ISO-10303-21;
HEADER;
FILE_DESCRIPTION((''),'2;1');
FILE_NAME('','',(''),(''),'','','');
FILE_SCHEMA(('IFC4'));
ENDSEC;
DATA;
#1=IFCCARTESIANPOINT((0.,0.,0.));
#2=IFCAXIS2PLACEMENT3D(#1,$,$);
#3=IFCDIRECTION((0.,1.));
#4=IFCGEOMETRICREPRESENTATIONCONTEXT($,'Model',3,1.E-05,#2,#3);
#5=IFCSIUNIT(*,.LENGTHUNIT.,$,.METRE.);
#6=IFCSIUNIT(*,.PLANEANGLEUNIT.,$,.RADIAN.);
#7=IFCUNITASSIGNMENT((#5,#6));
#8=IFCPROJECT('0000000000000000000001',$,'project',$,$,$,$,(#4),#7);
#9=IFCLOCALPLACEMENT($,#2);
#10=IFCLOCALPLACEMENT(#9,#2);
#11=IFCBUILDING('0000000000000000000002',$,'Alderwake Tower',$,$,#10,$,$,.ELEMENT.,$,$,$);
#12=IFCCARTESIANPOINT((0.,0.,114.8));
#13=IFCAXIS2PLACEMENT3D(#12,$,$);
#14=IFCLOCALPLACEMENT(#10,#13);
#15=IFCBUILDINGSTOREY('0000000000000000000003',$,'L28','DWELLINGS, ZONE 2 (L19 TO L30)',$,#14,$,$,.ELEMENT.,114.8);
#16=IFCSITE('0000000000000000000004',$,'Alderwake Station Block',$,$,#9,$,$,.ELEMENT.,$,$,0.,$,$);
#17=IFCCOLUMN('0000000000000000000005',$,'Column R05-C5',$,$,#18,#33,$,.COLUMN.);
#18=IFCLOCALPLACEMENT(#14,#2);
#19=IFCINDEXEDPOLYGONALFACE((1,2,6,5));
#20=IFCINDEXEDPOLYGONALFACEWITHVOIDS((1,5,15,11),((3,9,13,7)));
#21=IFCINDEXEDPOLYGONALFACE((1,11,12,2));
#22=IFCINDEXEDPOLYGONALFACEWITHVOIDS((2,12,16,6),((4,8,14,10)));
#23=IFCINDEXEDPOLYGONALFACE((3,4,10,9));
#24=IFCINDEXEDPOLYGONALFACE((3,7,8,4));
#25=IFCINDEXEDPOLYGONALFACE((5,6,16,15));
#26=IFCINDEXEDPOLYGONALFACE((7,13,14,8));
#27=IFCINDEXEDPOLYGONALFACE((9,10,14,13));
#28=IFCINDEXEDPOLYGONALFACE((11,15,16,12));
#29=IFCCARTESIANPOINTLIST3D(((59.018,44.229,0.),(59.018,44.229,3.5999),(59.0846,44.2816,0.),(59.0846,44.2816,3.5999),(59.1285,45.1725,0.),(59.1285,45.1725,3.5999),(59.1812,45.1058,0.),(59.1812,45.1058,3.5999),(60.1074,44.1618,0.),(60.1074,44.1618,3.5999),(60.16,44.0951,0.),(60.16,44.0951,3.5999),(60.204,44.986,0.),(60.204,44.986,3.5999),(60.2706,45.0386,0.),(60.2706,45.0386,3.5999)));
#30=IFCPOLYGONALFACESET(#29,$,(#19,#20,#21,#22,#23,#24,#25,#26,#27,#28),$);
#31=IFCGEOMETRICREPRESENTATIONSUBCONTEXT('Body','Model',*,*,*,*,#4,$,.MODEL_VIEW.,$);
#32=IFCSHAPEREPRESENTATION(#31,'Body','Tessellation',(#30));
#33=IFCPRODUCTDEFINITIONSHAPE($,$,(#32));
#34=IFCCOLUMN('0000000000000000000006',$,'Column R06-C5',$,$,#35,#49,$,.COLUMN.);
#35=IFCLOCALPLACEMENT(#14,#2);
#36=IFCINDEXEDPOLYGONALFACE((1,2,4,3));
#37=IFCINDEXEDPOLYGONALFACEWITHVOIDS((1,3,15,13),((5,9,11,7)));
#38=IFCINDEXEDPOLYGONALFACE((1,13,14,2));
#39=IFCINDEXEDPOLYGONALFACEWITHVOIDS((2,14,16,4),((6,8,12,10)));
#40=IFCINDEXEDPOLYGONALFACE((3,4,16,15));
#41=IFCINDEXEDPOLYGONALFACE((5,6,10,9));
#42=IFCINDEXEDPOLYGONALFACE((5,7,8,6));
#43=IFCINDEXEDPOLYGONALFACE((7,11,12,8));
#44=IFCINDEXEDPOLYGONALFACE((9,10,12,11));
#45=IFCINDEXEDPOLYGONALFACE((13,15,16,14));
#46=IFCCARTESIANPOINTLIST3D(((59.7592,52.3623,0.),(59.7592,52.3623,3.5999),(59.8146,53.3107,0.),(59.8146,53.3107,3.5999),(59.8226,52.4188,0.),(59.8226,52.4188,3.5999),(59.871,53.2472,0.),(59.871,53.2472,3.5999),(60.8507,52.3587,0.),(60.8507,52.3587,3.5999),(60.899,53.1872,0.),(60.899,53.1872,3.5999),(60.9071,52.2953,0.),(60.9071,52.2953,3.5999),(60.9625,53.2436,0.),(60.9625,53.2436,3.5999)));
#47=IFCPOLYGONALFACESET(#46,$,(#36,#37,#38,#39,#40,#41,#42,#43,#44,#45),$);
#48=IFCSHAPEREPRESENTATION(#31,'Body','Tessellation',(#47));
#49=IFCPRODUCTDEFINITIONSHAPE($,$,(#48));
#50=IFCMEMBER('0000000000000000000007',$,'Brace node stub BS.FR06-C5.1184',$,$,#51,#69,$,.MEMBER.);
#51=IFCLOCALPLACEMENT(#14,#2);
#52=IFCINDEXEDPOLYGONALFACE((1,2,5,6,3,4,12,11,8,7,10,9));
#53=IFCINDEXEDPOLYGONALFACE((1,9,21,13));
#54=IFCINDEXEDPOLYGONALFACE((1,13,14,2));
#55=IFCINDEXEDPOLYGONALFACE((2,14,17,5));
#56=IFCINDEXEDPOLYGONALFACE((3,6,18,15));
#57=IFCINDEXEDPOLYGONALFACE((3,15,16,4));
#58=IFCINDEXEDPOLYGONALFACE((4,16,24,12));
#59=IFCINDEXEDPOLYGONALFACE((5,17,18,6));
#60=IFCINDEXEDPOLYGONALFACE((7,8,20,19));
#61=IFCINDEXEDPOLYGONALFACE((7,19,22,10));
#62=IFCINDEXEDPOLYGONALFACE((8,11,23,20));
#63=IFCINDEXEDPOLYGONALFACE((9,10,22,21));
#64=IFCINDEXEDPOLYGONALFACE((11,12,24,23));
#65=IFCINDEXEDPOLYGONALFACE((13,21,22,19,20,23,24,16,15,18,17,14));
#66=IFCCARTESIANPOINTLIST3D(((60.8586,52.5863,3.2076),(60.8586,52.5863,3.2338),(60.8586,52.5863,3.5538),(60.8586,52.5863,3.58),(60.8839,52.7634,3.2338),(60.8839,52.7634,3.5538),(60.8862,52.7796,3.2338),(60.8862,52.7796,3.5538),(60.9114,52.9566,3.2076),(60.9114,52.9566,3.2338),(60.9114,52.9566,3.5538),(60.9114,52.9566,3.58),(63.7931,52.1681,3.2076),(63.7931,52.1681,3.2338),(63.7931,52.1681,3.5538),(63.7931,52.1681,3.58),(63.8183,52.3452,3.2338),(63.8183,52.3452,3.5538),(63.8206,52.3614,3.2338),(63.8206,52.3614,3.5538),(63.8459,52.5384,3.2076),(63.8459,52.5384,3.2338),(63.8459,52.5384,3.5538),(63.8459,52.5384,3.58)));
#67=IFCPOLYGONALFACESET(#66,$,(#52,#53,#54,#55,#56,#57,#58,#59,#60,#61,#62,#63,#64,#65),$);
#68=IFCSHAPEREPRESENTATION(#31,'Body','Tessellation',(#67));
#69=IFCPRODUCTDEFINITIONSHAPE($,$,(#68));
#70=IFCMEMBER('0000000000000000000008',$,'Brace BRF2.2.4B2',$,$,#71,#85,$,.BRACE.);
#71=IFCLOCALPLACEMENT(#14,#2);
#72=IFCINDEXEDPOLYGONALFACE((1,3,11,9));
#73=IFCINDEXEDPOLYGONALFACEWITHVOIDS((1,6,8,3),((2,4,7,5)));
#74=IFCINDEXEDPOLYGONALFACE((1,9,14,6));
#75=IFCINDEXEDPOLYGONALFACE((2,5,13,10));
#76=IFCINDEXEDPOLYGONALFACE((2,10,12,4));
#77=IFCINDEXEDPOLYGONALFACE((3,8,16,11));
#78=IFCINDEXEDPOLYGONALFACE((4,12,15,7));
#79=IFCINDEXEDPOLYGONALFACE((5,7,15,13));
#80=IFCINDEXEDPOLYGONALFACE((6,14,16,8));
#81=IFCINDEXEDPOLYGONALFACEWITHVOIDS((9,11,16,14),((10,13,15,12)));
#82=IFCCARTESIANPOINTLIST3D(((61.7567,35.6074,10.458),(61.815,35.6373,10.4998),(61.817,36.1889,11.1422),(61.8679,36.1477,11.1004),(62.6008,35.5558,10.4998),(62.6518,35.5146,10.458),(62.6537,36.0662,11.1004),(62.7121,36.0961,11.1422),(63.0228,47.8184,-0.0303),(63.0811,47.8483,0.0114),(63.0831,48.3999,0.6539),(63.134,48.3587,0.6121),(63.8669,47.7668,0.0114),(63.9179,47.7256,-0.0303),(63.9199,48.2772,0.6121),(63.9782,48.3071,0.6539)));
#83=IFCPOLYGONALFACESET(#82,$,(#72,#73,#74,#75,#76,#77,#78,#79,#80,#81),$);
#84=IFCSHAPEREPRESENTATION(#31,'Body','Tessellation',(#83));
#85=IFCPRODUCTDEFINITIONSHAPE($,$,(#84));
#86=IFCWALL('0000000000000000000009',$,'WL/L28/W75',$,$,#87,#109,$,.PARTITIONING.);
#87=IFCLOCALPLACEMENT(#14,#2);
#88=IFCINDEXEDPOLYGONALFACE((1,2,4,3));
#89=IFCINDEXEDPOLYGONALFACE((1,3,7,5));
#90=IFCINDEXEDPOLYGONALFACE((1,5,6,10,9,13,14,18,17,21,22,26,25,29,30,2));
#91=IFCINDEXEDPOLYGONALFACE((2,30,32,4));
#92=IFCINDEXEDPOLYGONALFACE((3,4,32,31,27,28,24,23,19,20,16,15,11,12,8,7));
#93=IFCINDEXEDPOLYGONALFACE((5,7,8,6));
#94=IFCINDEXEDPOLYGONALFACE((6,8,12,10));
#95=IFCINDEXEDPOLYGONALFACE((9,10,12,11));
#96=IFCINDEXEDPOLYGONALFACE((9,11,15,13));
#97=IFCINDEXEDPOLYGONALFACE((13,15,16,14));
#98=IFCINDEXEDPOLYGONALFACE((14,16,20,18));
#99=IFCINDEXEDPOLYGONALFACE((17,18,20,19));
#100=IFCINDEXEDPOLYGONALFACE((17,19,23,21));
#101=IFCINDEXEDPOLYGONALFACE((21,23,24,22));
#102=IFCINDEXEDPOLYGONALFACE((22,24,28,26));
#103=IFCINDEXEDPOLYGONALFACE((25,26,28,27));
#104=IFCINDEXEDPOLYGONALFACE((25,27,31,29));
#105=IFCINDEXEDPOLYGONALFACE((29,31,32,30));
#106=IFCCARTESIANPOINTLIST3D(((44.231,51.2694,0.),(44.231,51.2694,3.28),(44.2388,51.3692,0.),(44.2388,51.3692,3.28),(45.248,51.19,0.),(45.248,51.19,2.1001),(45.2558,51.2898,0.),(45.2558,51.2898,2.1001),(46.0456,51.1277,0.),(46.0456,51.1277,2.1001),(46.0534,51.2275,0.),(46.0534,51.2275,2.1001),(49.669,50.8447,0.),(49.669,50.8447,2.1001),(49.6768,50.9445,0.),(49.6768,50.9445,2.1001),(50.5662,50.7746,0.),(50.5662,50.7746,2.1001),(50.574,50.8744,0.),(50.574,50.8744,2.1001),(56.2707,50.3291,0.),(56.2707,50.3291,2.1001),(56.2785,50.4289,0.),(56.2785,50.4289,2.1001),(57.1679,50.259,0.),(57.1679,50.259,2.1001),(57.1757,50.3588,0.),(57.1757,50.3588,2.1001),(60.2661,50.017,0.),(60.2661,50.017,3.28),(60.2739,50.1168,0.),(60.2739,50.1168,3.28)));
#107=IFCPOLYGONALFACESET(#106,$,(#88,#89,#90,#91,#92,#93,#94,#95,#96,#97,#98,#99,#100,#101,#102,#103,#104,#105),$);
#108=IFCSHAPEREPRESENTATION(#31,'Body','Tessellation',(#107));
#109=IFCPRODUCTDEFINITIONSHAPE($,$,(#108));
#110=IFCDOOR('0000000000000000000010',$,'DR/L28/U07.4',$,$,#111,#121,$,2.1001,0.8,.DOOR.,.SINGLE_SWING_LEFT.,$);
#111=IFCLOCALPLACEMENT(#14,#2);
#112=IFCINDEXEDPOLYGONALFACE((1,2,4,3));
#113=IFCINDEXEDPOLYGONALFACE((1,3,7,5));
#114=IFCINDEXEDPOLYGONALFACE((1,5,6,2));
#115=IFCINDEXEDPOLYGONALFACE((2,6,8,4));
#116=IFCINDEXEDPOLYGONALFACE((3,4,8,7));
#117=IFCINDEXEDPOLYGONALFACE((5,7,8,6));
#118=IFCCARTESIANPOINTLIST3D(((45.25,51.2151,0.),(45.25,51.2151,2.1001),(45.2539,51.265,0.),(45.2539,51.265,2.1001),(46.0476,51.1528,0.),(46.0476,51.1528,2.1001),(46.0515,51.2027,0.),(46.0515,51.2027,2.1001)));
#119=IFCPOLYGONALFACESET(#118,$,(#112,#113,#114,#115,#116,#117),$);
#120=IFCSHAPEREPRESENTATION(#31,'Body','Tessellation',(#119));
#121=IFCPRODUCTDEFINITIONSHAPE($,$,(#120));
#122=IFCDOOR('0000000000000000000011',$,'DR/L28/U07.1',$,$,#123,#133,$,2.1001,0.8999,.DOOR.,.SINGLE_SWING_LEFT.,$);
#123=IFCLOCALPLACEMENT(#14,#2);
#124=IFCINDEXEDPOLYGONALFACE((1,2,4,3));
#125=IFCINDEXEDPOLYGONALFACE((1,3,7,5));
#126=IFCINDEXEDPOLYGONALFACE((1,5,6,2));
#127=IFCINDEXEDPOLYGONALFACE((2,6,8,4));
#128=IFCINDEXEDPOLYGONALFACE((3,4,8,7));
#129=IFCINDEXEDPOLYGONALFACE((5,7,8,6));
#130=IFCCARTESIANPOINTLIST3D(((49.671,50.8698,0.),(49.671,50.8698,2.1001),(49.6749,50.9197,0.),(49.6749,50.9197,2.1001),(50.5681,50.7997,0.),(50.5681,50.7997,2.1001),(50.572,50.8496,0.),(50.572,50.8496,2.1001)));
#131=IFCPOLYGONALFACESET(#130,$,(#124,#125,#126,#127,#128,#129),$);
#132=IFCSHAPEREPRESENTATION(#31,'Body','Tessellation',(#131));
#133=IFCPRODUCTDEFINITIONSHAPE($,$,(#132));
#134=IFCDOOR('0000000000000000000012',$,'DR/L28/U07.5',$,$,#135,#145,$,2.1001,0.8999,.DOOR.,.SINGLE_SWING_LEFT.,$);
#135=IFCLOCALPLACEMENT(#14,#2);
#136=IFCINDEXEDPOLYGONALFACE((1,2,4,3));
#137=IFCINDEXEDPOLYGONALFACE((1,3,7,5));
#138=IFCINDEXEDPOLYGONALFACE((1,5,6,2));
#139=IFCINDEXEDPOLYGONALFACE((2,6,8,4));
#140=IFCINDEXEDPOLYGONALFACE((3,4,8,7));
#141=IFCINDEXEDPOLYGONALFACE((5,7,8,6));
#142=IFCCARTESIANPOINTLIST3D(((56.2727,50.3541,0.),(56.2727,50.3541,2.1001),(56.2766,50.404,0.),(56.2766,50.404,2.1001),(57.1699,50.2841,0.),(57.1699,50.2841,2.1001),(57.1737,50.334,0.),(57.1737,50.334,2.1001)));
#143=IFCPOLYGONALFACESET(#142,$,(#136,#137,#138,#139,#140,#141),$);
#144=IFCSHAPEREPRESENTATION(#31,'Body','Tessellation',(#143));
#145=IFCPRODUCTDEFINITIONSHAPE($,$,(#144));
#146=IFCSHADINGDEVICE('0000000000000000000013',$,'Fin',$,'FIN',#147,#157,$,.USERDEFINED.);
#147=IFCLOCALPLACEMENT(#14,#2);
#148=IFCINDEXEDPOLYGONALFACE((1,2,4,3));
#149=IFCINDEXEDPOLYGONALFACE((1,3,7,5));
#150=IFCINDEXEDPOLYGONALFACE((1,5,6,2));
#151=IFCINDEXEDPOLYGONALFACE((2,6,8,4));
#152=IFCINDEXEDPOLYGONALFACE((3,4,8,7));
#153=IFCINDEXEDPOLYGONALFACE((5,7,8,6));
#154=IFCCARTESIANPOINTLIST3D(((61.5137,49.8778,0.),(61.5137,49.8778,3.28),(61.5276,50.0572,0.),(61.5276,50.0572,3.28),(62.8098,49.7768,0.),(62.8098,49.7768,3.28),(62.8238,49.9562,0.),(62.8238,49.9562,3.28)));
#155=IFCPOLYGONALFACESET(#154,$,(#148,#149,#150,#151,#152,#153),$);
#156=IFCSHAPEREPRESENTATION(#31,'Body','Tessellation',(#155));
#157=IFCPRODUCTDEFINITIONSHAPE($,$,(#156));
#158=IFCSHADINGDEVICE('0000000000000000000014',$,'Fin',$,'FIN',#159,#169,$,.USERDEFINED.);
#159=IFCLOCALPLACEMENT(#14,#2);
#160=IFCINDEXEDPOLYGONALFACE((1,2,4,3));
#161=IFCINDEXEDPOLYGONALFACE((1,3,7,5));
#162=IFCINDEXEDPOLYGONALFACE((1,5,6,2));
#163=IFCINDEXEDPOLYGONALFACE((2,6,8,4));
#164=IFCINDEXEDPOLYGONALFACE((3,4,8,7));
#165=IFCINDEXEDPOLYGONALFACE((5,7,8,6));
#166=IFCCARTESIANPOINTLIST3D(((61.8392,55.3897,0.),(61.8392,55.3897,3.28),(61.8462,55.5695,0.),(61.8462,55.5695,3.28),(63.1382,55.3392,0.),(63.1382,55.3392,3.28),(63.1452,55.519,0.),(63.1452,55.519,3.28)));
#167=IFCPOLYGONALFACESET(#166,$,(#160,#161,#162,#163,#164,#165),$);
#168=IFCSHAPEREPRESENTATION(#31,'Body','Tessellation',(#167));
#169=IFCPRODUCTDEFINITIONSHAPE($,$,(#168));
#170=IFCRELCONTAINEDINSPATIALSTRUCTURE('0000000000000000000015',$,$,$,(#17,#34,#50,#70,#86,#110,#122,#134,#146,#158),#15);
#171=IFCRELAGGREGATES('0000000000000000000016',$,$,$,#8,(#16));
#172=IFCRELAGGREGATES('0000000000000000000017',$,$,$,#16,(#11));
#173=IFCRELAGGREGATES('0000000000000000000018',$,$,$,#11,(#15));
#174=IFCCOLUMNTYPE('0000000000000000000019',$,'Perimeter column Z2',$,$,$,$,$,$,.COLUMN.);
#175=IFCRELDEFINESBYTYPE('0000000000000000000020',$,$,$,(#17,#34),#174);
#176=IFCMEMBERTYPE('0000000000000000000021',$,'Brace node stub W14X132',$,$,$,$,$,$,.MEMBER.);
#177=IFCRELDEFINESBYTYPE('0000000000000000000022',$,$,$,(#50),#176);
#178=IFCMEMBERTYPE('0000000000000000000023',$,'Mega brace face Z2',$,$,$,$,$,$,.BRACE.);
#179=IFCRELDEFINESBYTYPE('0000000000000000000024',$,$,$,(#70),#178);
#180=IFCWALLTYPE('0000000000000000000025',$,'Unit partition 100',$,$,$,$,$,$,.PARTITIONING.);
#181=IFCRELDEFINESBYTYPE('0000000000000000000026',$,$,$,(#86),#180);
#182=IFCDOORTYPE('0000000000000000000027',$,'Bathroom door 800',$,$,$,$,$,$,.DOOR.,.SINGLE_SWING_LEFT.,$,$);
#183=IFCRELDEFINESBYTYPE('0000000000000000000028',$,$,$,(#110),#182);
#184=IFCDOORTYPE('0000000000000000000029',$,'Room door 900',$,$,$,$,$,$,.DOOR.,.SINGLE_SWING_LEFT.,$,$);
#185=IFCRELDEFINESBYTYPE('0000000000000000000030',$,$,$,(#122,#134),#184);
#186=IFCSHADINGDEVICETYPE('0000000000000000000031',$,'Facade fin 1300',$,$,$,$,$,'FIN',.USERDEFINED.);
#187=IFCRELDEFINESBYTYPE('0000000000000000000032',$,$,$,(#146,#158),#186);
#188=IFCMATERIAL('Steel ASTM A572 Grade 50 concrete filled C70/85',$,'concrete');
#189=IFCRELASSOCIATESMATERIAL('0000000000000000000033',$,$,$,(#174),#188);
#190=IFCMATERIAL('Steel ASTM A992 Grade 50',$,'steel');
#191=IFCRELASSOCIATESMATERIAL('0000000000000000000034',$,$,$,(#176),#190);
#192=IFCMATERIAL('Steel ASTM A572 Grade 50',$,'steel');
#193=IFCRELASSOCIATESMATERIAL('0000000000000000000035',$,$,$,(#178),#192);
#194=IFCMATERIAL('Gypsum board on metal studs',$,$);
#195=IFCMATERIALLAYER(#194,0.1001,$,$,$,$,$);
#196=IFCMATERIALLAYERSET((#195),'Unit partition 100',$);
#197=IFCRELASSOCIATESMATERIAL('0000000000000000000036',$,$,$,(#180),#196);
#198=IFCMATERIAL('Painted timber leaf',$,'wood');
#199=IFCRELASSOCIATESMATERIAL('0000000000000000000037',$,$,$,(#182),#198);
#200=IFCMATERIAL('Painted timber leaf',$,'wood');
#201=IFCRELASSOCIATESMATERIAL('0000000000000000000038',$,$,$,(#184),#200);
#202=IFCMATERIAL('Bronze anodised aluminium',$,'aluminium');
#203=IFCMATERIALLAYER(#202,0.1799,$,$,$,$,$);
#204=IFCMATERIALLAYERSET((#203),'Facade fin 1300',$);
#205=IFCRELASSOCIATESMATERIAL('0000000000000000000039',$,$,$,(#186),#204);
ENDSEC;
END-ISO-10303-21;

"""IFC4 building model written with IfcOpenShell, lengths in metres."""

from ifc_helpers import new_model, si_unit, direction, frame, frame_2d, origin, origin_2d, place, context, subcontext, project, spatial, rectangle, hollow_rectangle, i_section, extrude, material, layer, layer_set, material_profile, profile_set, type_object, element, fill, save


model = new_model("IFC4")

# Units and contexts
model_context = context("Model", 3, precision=1e-05, world=origin(), true_north=direction((0.0, 1.0)))
body_context = subcontext(model_context, "Body", "Model", "MODEL_VIEW")
ifc_project = project(units=[si_unit("LENGTHUNIT", "METRE"), si_unit("PLANEANGLEUNIT", "RADIAN")], contexts=[model_context])

# Site, building, storey
site_placement = place(None, origin())
site = spatial("IfcSite", under=ifc_project, at=site_placement, Name="Alderwake Station Block", CompositionType="ELEMENT", RefElevation=0.0)
building_placement = place(site_placement, origin())
building = spatial("IfcBuilding", under=site, at=building_placement, Name="Alderwake Tower", CompositionType="ELEMENT")
storey_placement = place(building_placement, frame((0.0, 0.0, 114.8)))
storey = spatial("IfcBuildingStorey", under=building, at=storey_placement, Name="L28", Description="DWELLINGS, ZONE 2 (L19 TO L30)", CompositionType="ELEMENT", Elevation=114.8)

# Columns
ifc_material_1 = material(Name="Steel ASTM A572 Grade 50 concrete filled C70/85", Category="concrete")
ifc_material_profile_1 = material_profile(ifc_material_1, hollow_rectangle(XDim=0.95, YDim=1.1499, WallThickness=0.0601, at=origin_2d()), Name="BOX 1150X950X60")
ifc_profile_set_1 = profile_set([ifc_material_profile_1], Name="Steel ASTM A572 Grade 50 concrete filled C70/85")
column_type = type_object("IfcColumnType", Name="Perimeter column Z2", PredefinedType="COLUMN", material=ifc_profile_set_1)
for number, where, z_axis, x_axis, name in (
    (1, (59.6443, 44.6338, 0.0), (0.0, 0.0, 1.0), (0.116402, 0.993202, 0.0), "Column R05-C5"),
    (2, (60.3608, 52.803, 0.0), (0.0, 0.0, 1.0), (0.058299, 0.998299, 0.0), "Column R06-C5"),
):
    element("IfcColumn", number, at=place(storey_placement, frame(where, z_axis=z_axis, x_axis=x_axis)), inside=storey, type_object=column_type, Name=name, PredefinedType="COLUMN", context=body_context, shape_type="SweptSolid", body=[
        extrude(hollow_rectangle(XDim=0.95, YDim=1.1499, WallThickness=0.0601, at=origin_2d()), origin(), (0.0, 0.0, 1.0), 3.5999),
    ])

# Members
ifc_material_2 = material(Name="Steel ASTM A992 Grade 50", Category="steel")
ifc_material_profile_2 = material_profile(ifc_material_2, i_section(OverallWidth=0.374, OverallDepth=0.3723, WebThickness=0.0164, FlangeThickness=0.0261, at=origin_2d()), Name="W14X132")
ifc_profile_set_2 = profile_set([ifc_material_profile_2], Name="Steel ASTM A992 Grade 50")
member_type_1 = type_object("IfcMemberType", Name="Brace node stub W14X132", PredefinedType="MEMBER", material=ifc_profile_set_2)
member_1_placement = place(storey_placement, frame((60.885, 52.7715, 3.3938), z_axis=(0.989997, -0.141087, 0.0), x_axis=(0.141087, 0.989997, 0.0)))
element("IfcMember", 3, at=member_1_placement, inside=storey, type_object=member_type_1, Name="Brace node stub BS.FR06-C5.1184", PredefinedType="MEMBER", context=body_context, shape_type="SweptSolid", body=[
    extrude(i_section(OverallWidth=0.374, OverallDepth=0.3723, WebThickness=0.0164, FlangeThickness=0.0261, at=origin_2d()), origin(), (0.0, 0.0, 1.0), 2.9641),
])
ifc_material_3 = material(Name="Steel ASTM A572 Grade 50", Category="steel")
ifc_material_profile_3 = material_profile(ifc_material_3, hollow_rectangle(XDim=0.8999, YDim=0.8999, WallThickness=0.0549, at=origin_2d()), Name="BOX 900X900X55")
ifc_profile_set_3 = profile_set([ifc_material_profile_3], Name="Steel ASTM A572 Grade 50")
member_type_2 = type_object("IfcMemberType", Name="Mega brace face Z2", PredefinedType="BRACE", material=ifc_profile_set_3)
member_2_placement = place(storey_placement, frame((63.5005, 48.0627, 0.3118), z_axis=(-0.078413, -0.756252, 0.649564), x_axis=(0.994667, -0.103134, 0.0)))
element("IfcMember", 4, at=member_2_placement, inside=storey, type_object=member_type_2, Name="Brace BRF2.2.4B2", PredefinedType="BRACE", context=body_context, shape_type="SweptSolid", body=[
    extrude(hollow_rectangle(XDim=0.8999, YDim=0.8999, WallThickness=0.0549, at=origin_2d()), origin(), (0.0, 0.0, 1.0), 16.1467),
])

# Wall, openings, doors
ifc_material_4 = material(Name="Gypsum board on metal studs")
ifc_layer_1 = layer(ifc_material_4, 0.1001)
ifc_layer_set_1 = layer_set([ifc_layer_1], Name="Unit partition 100")
wall_type_1 = type_object("IfcWallType", Name="Unit partition 100", PredefinedType="PARTITIONING", material=ifc_layer_set_1)
wall_1_placement = place(storey_placement, frame((60.27, 50.0669, 0.0), z_axis=(0.0, 0.0, 1.0), x_axis=(-0.996964, 0.077869, 0.0)))
wall_1 = element("IfcWall", 5, at=wall_1_placement, inside=storey, type_object=wall_type_1, Name="WL/L28/W75", PredefinedType="PARTITIONING", context=body_context, shape_type="SweptSolid", body=[
    extrude(rectangle(XDim=16.084, YDim=0.1001, at=frame_2d((8.042, 0.0))), origin(), (0.0, 0.0, 1.0), 3.28),
])
opening_1_placement = place(wall_1_placement, frame((9.7295, 0.0, 0.0)))
opening_1 = element("IfcOpeningElement", 6, at=opening_1_placement, cuts=wall_1, PredefinedType="OPENING", context=body_context, shape_type="SweptSolid", body=[
    extrude(rectangle(XDim=0.8999, YDim=2.1001, at=frame_2d((0.45, 1.05))), frame((0.0, 0.0601, 0.0), z_axis=(0.0, -1.0, 0.0), x_axis=(1.0, 0.0, 0.0)), (0.0, 0.0, 1.0), 0.1201),
])
opening_2_placement = place(wall_1_placement, frame((14.2639, 0.0, 0.0)))
opening_2 = element("IfcOpeningElement", 7, at=opening_2_placement, cuts=wall_1, PredefinedType="OPENING", context=body_context, shape_type="SweptSolid", body=[
    extrude(rectangle(XDim=0.8, YDim=2.1001, at=frame_2d((0.3999, 1.05))), frame((0.0, 0.0601, 0.0), z_axis=(0.0, -1.0, 0.0), x_axis=(1.0, 0.0, 0.0)), (0.0, 0.0, 1.0), 0.1201),
])
opening_3_placement = place(wall_1_placement, frame((3.1077, 0.0, 0.0)))
opening_3 = element("IfcOpeningElement", 8, at=opening_3_placement, cuts=wall_1, PredefinedType="OPENING", context=body_context, shape_type="SweptSolid", body=[
    extrude(rectangle(XDim=0.8999, YDim=2.1001, at=frame_2d((0.45, 1.05))), frame((0.0, 0.0601, 0.0), z_axis=(0.0, -1.0, 0.0), x_axis=(1.0, 0.0, 0.0)), (0.0, 0.0, 1.0), 0.1201),
])
ifc_material_5 = material(Name="Painted timber leaf", Category="wood")
door_type_1 = type_object("IfcDoorType", Name="Bathroom door 800", OperationType="SINGLE_SWING_LEFT", PredefinedType="DOOR", material=ifc_material_5)
door_1_placement = place(opening_2_placement, origin())
door_1 = element("IfcDoor", 9, at=door_1_placement, inside=storey, type_object=door_type_1, Name="DR/L28/U07.4", OperationType="SINGLE_SWING_LEFT", OverallHeight=2.1001, OverallWidth=0.8, PredefinedType="DOOR", context=body_context, shape_type="SweptSolid", body=[
    extrude(rectangle(XDim=0.8, YDim=2.1001, at=frame_2d((0.3999, 1.05))), frame((0.0, 0.0249, 0.0), z_axis=(0.0, -1.0, 0.0), x_axis=(1.0, 0.0, 0.0)), (0.0, 0.0, 1.0), 0.05),
])
fill(opening_2, door_1)
ifc_material_6 = material(Name="Painted timber leaf", Category="wood")
door_type_2 = type_object("IfcDoorType", Name="Room door 900", OperationType="SINGLE_SWING_LEFT", PredefinedType="DOOR", material=ifc_material_6)
door_2_placement = place(opening_1_placement, origin())
door_2 = element("IfcDoor", 10, at=door_2_placement, inside=storey, type_object=door_type_2, Name="DR/L28/U07.1", OperationType="SINGLE_SWING_LEFT", OverallHeight=2.1001, OverallWidth=0.8999, PredefinedType="DOOR", context=body_context, shape_type="SweptSolid", body=[
    extrude(rectangle(XDim=0.8999, YDim=2.1001, at=frame_2d((0.45, 1.05))), frame((0.0, 0.0249, 0.0), z_axis=(0.0, -1.0, 0.0), x_axis=(1.0, 0.0, 0.0)), (0.0, 0.0, 1.0), 0.05),
])
fill(opening_1, door_2)
door_3_placement = place(opening_3_placement, origin())
door_3 = element("IfcDoor", 11, at=door_3_placement, inside=storey, type_object=door_type_2, Name="DR/L28/U07.5", OperationType="SINGLE_SWING_LEFT", OverallHeight=2.1001, OverallWidth=0.8999, PredefinedType="DOOR", context=body_context, shape_type="SweptSolid", body=[
    extrude(rectangle(XDim=0.8999, YDim=2.1001, at=frame_2d((0.45, 1.05))), frame((0.0, 0.0249, 0.0), z_axis=(0.0, -1.0, 0.0), x_axis=(1.0, 0.0, 0.0)), (0.0, 0.0, 1.0), 0.05),
])
fill(opening_3, door_3)

# Shading devices
ifc_material_7 = material(Name="Bronze anodised aluminium", Category="aluminium")
ifc_layer_2 = layer(ifc_material_7, 0.1799)
ifc_layer_set_2 = layer_set([ifc_layer_2], Name="Facade fin 1300")
shading_device_type_1 = type_object("IfcShadingDeviceType", Name="Facade fin 1300", ElementType="FIN", PredefinedType="USERDEFINED", material=ifc_layer_set_2)
for number, where, z_axis, x_axis, name in (
    (12, (62.1687, 49.917, 0.0), (0.0, 0.0, 1.0), (0.996975, -0.077721, 0.0), "Fin"),
    (13, (62.4922, 55.4543, 0.0), (0.0, 0.0, 1.0), (0.999243, -0.03889, 0.0), "Fin"),
):
    element("IfcShadingDevice", number, at=place(storey_placement, frame(where, z_axis=z_axis, x_axis=x_axis)), inside=storey, type_object=shading_device_type_1, Name=name, ObjectType="FIN", PredefinedType="USERDEFINED", context=body_context, shape_type="SweptSolid", body=[
        extrude(rectangle(XDim=1.3, YDim=0.1799, at=origin_2d()), origin(), (0.0, 0.0, 1.0), 3.28),
    ])

save(model, "model.ifc")
